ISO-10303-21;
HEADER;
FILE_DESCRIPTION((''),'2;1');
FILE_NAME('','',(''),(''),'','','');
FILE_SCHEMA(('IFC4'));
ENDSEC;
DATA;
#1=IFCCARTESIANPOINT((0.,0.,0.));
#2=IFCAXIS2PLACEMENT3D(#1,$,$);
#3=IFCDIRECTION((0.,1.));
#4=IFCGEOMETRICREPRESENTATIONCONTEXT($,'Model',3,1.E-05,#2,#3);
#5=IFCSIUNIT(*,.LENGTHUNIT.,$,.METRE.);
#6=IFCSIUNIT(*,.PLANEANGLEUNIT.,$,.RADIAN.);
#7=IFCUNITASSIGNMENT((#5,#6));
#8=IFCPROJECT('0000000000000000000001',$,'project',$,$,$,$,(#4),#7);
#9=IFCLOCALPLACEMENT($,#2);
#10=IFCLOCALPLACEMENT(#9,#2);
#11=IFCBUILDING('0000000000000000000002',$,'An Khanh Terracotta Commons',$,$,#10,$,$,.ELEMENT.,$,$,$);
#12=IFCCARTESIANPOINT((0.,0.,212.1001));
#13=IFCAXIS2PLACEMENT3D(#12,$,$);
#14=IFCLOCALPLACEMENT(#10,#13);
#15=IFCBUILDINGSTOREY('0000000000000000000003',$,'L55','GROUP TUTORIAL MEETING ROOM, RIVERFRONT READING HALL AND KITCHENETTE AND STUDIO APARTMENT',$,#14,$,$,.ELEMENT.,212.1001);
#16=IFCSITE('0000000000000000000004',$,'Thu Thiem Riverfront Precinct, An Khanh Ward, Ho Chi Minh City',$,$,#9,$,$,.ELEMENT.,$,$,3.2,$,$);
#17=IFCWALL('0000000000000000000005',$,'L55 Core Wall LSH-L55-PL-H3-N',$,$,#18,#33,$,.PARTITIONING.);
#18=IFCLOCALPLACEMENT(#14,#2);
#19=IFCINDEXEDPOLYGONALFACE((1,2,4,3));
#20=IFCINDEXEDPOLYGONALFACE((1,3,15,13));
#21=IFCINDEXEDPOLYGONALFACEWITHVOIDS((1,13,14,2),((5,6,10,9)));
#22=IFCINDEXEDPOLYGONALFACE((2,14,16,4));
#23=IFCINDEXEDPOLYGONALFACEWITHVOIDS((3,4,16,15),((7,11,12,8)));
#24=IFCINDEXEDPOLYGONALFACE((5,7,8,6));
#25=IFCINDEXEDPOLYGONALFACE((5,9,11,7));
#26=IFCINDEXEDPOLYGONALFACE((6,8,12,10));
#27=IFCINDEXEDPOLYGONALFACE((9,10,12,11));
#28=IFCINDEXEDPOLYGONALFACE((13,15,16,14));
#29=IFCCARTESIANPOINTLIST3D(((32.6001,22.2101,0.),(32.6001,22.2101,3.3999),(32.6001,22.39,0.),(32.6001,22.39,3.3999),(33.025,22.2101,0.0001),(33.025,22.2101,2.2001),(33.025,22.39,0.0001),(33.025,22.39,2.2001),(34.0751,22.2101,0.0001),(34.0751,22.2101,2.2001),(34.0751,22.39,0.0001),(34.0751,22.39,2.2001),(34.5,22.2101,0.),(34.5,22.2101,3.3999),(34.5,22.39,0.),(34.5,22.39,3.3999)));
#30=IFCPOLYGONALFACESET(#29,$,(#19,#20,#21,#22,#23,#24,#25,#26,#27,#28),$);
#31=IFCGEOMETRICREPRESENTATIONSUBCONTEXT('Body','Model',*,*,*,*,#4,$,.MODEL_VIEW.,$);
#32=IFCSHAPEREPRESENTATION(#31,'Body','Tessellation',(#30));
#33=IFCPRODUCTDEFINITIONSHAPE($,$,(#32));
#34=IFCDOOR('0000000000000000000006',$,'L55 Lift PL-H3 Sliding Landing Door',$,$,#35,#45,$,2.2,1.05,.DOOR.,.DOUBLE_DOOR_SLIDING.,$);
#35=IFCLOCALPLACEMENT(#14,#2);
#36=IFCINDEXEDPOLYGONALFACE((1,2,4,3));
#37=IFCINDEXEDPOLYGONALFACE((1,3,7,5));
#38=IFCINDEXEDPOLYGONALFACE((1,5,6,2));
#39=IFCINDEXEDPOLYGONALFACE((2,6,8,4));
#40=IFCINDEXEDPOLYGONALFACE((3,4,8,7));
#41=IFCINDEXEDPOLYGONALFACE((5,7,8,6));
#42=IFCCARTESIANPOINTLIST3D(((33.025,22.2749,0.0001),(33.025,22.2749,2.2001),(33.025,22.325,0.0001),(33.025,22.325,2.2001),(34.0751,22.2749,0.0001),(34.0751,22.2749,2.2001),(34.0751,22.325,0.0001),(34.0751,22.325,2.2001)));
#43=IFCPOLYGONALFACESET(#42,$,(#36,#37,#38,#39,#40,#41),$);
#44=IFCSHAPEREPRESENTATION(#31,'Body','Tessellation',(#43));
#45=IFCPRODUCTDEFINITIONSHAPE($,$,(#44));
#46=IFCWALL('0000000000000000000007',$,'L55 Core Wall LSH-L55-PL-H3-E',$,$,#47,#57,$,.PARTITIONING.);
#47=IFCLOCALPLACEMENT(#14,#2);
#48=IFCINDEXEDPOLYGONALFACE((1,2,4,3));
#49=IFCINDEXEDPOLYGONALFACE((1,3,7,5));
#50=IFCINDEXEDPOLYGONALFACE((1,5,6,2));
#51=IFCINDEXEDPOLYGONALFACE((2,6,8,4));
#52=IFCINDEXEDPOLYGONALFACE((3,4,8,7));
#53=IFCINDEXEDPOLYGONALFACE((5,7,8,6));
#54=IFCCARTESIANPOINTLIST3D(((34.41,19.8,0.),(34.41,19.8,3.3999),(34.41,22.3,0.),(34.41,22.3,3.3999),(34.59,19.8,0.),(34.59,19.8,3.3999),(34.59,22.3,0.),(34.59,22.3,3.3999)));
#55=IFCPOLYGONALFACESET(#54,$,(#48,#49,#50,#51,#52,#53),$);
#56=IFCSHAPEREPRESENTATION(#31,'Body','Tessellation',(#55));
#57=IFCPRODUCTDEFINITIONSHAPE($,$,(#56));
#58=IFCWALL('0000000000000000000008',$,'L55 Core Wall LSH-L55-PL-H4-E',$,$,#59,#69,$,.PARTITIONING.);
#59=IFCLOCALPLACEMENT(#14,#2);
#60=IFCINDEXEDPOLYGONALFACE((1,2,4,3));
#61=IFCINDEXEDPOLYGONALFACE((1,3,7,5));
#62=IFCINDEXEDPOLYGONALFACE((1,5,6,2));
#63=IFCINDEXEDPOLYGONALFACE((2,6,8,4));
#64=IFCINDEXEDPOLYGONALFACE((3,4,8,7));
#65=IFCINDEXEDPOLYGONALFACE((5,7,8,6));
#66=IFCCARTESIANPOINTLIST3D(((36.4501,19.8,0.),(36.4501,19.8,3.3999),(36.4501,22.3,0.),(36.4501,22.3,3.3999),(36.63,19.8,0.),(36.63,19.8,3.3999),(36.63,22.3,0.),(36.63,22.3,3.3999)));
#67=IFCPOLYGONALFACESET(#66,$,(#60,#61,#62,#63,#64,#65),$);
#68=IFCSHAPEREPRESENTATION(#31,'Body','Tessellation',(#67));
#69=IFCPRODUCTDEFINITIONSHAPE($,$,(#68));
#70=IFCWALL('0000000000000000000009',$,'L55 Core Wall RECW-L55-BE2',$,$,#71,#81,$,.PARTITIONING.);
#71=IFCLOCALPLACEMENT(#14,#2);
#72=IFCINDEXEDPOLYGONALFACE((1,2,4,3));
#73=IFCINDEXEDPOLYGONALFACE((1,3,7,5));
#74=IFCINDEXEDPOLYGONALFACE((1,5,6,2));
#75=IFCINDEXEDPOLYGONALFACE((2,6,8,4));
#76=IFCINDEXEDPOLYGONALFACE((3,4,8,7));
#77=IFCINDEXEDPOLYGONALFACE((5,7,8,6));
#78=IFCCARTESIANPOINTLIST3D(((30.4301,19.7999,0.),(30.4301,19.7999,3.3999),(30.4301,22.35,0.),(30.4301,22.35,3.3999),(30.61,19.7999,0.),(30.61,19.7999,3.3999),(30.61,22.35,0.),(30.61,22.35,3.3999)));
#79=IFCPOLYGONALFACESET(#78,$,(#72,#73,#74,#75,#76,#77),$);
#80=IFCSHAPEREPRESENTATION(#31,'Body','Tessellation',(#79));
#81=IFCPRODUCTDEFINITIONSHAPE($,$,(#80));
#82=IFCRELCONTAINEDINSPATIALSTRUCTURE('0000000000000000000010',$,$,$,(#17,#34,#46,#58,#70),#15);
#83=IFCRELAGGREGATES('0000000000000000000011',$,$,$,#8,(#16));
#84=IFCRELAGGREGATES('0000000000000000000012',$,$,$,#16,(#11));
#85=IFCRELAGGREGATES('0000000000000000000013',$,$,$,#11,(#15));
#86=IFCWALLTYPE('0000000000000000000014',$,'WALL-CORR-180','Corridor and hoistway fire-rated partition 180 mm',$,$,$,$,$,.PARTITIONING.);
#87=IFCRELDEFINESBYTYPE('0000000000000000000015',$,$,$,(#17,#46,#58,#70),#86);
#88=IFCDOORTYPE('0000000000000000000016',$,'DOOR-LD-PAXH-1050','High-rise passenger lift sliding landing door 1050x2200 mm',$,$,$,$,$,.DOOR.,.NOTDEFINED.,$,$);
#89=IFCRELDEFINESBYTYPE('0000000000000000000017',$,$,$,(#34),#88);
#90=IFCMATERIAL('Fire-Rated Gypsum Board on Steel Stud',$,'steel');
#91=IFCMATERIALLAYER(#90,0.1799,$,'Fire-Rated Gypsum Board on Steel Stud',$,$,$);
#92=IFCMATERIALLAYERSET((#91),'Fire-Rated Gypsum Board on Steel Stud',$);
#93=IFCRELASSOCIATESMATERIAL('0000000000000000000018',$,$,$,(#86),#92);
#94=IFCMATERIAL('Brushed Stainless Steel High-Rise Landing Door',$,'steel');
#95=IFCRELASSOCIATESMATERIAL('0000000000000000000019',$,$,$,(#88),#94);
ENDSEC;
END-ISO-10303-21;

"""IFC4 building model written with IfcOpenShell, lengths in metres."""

from ifc_helpers import new_model, si_unit, direction, frame, frame_2d, origin, place, context, subcontext, project, spatial, rectangle, extrude, material, layer, layer_set, type_object, element, fill, save


model = new_model("IFC4")

# Units and contexts
model_context = context("Model", 3, precision=1e-05, world=origin(), true_north=direction((0.0, 1.0)))
body_context = subcontext(model_context, "Body", "Model", "MODEL_VIEW")
ifc_project = project(units=[si_unit("LENGTHUNIT", "METRE"), si_unit("PLANEANGLEUNIT", "RADIAN")], contexts=[model_context])

# Site, building, storey
site_placement = place(None, origin())
site = spatial("IfcSite", under=ifc_project, at=site_placement, Name="Thu Thiem Riverfront Precinct, An Khanh Ward, Ho Chi Minh City", CompositionType="ELEMENT", RefElevation=3.2)
building_placement = place(site_placement, origin())
building = spatial("IfcBuilding", under=site, at=building_placement, Name="An Khanh Terracotta Commons", CompositionType="ELEMENT")
storey_placement = place(building_placement, frame((0.0, 0.0, 212.1001)))
storey = spatial("IfcBuildingStorey", under=building, at=storey_placement, Name="L55", Description="GROUP TUTORIAL MEETING ROOM, RIVERFRONT READING HALL AND KITCHENETTE AND STUDIO APARTMENT", CompositionType="ELEMENT", Elevation=212.1001)

# Shared definitions
ifc_material_1 = material(Name="Fire-Rated Gypsum Board on Steel Stud", Category="steel")
ifc_layer = layer(ifc_material_1, 0.1799, Name="Fire-Rated Gypsum Board on Steel Stud")
ifc_layer_set = layer_set([ifc_layer], Name="Fire-Rated Gypsum Board on Steel Stud")
wall_type = type_object("IfcWallType", Name="WALL-CORR-180", Description="Corridor and hoistway fire-rated partition 180 mm", PredefinedType="PARTITIONING", material=ifc_layer_set)

# Shared definitions
ifc_material_2 = material(Name="Brushed Stainless Steel High-Rise Landing Door", Category="steel")
door_type_1 = type_object("IfcDoorType", Name="DOOR-LD-PAXH-1050", Description="High-rise passenger lift sliding landing door 1050x2200 mm", OperationType="NOTDEFINED", PredefinedType="DOOR", material=ifc_material_2)

# Wall, opening, door
wall_1_placement = place(storey_placement, frame((32.6001, 22.3, 0.0), z_axis=(0.0, 0.0, 1.0), x_axis=(1.0, 0.0, 0.0)))
wall_1 = element("IfcWall", 1, at=wall_1_placement, inside=storey, type_object=wall_type, Name="L55 Core Wall LSH-L55-PL-H3-N", PredefinedType="PARTITIONING", context=body_context, shape_type="SweptSolid", body=[
    extrude(rectangle(XDim=1.8999, YDim=0.1799, at=frame_2d((0.95, 0.0))), origin(), (0.0, 0.0, 1.0), 3.3999),
])
opening_1_placement = place(wall_1_placement, frame((0.425, 0.0, 0.0)))
opening_1 = element("IfcOpeningElement", 2, at=opening_1_placement, cuts=wall_1, PredefinedType="OPENING", context=body_context, shape_type="SweptSolid", body=[
    extrude(rectangle(XDim=1.05, YDim=2.2, at=frame_2d((0.5249, 1.1001))), frame((0.0, 0.0999, 0.0), z_axis=(0.0, -1.0, 0.0), x_axis=(1.0, 0.0, 0.0)), (0.0, 0.0, 1.0), 0.2),
])
door_1_placement = place(opening_1_placement, origin())
door_1 = element("IfcDoor", 3, at=door_1_placement, inside=storey, type_object=door_type_1, Name="L55 Lift PL-H3 Sliding Landing Door", OperationType="DOUBLE_DOOR_SLIDING", OverallHeight=2.2, OverallWidth=1.05, PredefinedType="DOOR", context=body_context, shape_type="SweptSolid", body=[
    extrude(rectangle(XDim=1.05, YDim=2.2, at=frame_2d((0.5249, 1.1001))), frame((0.0, 0.0249, 0.0), z_axis=(0.0, -1.0, 0.0), x_axis=(1.0, 0.0, 0.0)), (0.0, 0.0, 1.0), 0.05),
])
fill(opening_1, door_1)

# Walls
for number, where, z_axis, x_axis, name in (
    (4, (34.5, 19.8, 0.0), (0.0, 0.0, 1.0), (0.0, 1.0, 0.0), "L55 Core Wall LSH-L55-PL-H3-E"),
    (5, (36.54, 19.8, 0.0), (0.0, 0.0, 1.0), (0.0, 1.0, 0.0), "L55 Core Wall LSH-L55-PL-H4-E"),
):
    element("IfcWall", number, at=place(storey_placement, frame(where, z_axis=z_axis, x_axis=x_axis)), inside=storey, type_object=wall_type, Name=name, PredefinedType="PARTITIONING", context=body_context, shape_type="SweptSolid", body=[
        extrude(rectangle(XDim=2.5, YDim=0.1799, at=frame_2d((1.25, 0.0))), origin(), (0.0, 0.0, 1.0), 3.3999),
    ])
wall_2_placement = place(storey_placement, frame((30.52, 19.8, 0.0), z_axis=(0.0, 0.0, 1.0), x_axis=(0.0, 1.0, 0.0)))
element("IfcWall", 6, at=wall_2_placement, inside=storey, type_object=wall_type, Name="L55 Core Wall RECW-L55-BE2", PredefinedType="PARTITIONING", context=body_context, shape_type="SweptSolid", body=[
    extrude(rectangle(XDim=2.55, YDim=0.1799, at=frame_2d((1.2749, 0.0))), origin(), (0.0, 0.0, 1.0), 3.3999),
])

save(model, "model.ifc")
